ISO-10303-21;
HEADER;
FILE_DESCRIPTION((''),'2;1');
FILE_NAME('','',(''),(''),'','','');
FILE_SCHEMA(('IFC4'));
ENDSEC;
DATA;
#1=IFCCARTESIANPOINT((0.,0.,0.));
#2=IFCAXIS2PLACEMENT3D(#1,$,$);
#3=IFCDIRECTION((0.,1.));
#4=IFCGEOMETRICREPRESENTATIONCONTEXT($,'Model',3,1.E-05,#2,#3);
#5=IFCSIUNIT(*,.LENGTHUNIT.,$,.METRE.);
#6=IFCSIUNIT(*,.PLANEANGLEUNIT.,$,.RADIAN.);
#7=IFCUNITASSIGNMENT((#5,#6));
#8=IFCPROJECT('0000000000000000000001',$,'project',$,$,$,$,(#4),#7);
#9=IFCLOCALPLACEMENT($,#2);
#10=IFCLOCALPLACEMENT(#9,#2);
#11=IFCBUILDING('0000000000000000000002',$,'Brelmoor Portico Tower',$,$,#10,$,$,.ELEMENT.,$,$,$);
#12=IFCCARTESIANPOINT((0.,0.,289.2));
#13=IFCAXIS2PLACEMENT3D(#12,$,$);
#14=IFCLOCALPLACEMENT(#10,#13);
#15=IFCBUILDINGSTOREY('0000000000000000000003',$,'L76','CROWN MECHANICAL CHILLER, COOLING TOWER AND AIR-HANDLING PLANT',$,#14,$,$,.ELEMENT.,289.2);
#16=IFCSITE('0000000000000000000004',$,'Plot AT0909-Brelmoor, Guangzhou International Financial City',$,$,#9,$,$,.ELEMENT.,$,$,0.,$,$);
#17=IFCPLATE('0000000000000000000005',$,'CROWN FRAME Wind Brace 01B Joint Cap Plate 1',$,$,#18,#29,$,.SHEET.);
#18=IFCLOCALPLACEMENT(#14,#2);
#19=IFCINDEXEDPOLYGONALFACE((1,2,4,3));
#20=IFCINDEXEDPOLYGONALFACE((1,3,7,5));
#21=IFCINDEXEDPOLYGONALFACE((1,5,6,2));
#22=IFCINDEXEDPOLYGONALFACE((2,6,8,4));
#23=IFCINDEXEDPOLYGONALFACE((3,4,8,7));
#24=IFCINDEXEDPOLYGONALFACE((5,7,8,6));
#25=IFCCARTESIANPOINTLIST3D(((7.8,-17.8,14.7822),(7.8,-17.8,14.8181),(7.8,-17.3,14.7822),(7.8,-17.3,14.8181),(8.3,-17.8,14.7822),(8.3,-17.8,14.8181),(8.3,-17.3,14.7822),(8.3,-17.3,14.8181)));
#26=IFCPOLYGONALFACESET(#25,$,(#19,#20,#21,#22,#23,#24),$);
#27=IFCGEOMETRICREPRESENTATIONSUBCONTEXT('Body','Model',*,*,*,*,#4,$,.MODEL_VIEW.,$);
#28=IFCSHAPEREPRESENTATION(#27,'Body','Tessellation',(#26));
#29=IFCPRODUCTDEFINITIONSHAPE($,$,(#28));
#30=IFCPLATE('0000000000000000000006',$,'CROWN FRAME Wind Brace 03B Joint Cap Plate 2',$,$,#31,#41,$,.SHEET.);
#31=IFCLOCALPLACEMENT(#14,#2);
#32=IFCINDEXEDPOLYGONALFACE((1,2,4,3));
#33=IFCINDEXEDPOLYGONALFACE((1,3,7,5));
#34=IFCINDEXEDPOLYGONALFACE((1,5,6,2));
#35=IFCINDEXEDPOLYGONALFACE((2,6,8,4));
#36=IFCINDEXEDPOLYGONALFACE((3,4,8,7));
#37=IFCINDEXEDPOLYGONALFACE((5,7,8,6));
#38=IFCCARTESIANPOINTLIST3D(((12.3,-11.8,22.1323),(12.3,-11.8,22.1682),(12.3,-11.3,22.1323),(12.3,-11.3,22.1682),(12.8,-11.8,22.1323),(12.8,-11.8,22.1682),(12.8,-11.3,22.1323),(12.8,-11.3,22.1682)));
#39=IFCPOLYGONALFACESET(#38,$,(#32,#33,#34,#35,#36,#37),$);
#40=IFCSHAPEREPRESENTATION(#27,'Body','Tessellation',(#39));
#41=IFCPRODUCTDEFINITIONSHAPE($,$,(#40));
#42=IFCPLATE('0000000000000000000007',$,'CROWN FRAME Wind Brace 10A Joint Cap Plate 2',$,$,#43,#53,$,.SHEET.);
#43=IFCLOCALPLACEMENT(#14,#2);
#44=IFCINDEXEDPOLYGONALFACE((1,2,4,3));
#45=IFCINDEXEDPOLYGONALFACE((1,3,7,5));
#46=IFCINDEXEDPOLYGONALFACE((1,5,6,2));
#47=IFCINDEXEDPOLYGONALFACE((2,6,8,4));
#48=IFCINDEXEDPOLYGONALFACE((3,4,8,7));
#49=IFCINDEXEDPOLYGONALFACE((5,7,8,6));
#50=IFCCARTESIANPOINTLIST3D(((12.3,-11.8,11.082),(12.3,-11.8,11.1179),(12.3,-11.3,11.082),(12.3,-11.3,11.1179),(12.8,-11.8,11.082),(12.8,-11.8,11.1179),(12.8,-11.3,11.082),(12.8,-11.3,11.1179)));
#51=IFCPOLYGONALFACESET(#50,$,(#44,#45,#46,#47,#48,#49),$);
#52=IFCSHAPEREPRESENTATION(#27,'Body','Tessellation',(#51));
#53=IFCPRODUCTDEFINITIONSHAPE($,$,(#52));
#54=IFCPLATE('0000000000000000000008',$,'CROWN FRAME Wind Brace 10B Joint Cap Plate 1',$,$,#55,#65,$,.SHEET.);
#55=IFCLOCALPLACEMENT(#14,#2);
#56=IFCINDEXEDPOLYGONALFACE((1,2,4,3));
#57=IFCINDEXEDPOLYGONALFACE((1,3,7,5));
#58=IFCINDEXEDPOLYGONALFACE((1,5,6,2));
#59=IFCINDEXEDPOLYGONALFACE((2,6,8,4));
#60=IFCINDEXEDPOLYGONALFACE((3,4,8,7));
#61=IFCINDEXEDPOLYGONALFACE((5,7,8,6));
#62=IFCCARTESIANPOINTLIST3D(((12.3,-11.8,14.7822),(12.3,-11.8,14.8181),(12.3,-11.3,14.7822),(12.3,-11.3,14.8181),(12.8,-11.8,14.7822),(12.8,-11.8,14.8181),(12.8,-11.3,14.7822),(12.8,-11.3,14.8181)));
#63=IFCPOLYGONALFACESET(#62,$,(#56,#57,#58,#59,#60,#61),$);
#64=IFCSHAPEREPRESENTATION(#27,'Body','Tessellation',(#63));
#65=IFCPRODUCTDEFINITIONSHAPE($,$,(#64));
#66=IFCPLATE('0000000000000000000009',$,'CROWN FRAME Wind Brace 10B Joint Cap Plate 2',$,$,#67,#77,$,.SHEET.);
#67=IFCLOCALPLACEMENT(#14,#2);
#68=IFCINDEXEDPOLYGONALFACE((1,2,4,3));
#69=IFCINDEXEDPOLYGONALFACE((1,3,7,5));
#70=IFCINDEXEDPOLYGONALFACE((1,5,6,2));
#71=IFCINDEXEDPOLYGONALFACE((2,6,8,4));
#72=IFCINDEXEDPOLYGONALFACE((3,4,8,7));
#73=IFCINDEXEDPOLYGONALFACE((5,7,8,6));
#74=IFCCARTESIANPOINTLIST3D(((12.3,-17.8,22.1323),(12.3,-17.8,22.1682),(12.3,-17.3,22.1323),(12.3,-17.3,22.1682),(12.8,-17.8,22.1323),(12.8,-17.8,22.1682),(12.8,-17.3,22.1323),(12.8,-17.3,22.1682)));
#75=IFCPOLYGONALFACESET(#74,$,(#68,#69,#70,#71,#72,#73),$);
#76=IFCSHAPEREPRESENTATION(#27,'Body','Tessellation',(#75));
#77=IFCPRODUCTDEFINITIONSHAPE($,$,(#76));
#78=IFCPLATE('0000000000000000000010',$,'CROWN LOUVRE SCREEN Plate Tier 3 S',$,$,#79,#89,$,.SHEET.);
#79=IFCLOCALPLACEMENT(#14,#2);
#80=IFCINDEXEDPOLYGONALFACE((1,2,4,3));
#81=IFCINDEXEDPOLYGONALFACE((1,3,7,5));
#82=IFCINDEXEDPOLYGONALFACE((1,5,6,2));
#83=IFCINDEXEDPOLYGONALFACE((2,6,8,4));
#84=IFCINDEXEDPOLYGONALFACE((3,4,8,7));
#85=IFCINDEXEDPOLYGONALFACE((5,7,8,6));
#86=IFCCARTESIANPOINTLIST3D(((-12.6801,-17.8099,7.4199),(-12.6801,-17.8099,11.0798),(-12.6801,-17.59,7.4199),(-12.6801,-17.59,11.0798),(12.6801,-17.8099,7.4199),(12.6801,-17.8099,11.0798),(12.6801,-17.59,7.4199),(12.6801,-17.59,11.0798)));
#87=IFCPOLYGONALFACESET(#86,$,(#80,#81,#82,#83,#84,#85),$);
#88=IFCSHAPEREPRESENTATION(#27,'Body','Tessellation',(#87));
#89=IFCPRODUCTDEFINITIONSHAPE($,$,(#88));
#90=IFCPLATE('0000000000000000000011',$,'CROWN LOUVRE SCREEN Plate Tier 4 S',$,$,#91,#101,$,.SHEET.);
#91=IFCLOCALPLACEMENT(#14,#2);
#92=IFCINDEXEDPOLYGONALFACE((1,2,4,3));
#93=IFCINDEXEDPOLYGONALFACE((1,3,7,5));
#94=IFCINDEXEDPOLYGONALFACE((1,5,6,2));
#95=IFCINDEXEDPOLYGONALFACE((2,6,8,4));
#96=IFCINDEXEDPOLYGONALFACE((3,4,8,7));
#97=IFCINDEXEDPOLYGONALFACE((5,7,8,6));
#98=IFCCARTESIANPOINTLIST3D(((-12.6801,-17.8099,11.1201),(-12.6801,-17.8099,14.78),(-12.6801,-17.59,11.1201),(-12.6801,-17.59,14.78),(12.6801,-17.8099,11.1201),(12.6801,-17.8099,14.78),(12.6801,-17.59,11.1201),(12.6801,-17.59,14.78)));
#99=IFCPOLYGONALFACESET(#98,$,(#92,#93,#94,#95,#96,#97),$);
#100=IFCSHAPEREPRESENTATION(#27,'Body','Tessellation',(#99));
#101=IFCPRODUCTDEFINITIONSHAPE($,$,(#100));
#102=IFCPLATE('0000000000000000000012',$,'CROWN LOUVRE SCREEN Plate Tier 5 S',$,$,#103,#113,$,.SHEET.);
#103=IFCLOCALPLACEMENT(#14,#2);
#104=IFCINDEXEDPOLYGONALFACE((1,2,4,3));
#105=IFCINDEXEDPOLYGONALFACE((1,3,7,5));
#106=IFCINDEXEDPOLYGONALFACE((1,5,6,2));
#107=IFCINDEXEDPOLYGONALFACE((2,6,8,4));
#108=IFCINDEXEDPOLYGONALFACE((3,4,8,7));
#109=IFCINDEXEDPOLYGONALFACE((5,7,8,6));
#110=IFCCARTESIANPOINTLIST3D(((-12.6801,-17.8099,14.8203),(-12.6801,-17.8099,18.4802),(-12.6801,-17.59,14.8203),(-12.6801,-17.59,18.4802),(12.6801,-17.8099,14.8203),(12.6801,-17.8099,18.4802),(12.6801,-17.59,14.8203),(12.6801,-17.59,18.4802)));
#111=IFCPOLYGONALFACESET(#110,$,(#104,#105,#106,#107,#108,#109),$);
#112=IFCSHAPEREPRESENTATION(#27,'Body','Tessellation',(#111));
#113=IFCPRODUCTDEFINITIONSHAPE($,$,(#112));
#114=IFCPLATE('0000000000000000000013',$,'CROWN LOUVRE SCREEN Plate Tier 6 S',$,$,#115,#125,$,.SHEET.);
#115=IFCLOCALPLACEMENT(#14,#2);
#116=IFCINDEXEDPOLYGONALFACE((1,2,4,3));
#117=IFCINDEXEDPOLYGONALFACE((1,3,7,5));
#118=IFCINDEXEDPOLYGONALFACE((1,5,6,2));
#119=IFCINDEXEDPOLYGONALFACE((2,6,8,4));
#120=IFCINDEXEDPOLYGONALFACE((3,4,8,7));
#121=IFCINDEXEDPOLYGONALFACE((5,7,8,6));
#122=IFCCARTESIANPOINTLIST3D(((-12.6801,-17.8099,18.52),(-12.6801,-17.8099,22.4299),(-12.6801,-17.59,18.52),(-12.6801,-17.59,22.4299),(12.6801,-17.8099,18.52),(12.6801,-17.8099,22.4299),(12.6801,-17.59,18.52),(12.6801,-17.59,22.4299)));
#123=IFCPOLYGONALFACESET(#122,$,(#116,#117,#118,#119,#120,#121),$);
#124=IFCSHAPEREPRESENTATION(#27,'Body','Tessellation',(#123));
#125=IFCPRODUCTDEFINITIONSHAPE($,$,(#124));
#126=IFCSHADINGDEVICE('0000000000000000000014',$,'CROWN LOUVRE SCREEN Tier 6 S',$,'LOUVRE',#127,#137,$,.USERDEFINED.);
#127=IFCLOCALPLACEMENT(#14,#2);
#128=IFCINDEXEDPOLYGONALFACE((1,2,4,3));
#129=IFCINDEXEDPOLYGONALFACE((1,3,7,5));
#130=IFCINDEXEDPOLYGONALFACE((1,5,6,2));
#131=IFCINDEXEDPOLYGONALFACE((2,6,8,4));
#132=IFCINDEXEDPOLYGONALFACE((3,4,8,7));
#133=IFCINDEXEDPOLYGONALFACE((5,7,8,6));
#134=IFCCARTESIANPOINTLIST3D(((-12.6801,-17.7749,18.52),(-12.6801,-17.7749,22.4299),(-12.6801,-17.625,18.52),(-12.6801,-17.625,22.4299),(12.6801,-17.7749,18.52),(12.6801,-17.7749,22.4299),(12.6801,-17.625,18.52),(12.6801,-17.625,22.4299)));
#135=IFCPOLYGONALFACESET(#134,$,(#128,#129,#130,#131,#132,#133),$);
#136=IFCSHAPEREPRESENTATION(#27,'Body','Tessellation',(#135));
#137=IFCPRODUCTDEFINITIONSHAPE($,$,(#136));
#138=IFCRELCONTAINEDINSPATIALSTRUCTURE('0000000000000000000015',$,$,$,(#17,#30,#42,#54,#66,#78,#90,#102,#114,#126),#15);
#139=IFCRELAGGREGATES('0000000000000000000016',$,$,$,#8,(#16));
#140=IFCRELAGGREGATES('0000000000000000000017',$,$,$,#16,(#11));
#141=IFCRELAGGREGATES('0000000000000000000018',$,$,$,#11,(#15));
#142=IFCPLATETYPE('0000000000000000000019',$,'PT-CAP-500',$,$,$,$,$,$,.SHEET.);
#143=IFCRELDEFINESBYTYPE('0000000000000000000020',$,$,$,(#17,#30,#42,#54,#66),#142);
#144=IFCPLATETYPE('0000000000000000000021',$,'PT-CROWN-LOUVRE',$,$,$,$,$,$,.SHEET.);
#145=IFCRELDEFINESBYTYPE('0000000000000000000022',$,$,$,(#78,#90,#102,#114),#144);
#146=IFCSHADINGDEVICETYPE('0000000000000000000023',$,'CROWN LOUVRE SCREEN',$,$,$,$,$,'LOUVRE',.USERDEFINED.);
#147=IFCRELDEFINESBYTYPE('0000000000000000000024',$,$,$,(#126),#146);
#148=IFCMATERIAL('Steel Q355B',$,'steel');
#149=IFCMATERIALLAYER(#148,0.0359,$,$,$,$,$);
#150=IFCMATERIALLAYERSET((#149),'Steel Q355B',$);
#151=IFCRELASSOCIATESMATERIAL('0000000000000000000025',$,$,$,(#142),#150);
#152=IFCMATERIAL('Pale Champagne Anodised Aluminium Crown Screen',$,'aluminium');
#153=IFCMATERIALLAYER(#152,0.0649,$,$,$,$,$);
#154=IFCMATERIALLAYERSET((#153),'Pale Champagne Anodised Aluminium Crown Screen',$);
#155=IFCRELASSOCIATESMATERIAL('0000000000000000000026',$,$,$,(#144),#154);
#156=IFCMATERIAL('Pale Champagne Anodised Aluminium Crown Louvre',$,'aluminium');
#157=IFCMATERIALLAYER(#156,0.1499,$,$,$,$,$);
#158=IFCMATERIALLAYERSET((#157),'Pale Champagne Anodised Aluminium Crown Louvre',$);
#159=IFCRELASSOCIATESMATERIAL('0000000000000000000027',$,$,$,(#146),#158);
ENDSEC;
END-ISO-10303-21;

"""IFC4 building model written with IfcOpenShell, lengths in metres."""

from ifc_helpers import new_model, si_unit, direction, frame, origin, origin_2d, place, context, subcontext, project, spatial, rectangle, extrude, material, layer, layer_set, type_object, element, save


model = new_model("IFC4")

# Units and contexts
model_context = context("Model", 3, precision=1e-05, world=origin(), true_north=direction((0.0, 1.0)))
body_context = subcontext(model_context, "Body", "Model", "MODEL_VIEW")
ifc_project = project(units=[si_unit("LENGTHUNIT", "METRE"), si_unit("PLANEANGLEUNIT", "RADIAN")], contexts=[model_context])

# Site, building, storey
site_placement = place(None, origin())
site = spatial("IfcSite", under=ifc_project, at=site_placement, Name="Plot AT0909-Brelmoor, Guangzhou International Financial City", CompositionType="ELEMENT", RefElevation=0.0)
building_placement = place(site_placement, origin())
building = spatial("IfcBuilding", under=site, at=building_placement, Name="Brelmoor Portico Tower", CompositionType="ELEMENT")
storey_placement = place(building_placement, frame((0.0, 0.0, 289.2)))
storey = spatial("IfcBuildingStorey", under=building, at=storey_placement, Name="L76", Description="CROWN MECHANICAL CHILLER, COOLING TOWER AND AIR-HANDLING PLANT", CompositionType="ELEMENT", Elevation=289.2)

# Shared definitions
ifc_material_1 = material(Name="Steel Q355B", Category="steel")

# Plates
ifc_layer_1 = layer(ifc_material_1, 0.0359)
ifc_layer_set_1 = layer_set([ifc_layer_1], Name="Steel Q355B")
plate_type_1 = type_object("IfcPlateType", Name="PT-CAP-500", PredefinedType="SHEET", material=ifc_layer_set_1)
for number, where, z_axis, x_axis, name in (
    (1, (8.05, -17.55, 14.7822), (0.0, 0.0, 1.0), (1.0, 0.0, 0.0), "CROWN FRAME Wind Brace 01B Joint Cap Plate 1"),
    (2, (12.55, -11.55, 22.1323), (0.0, 0.0, 1.0), (1.0, 0.0, 0.0), "CROWN FRAME Wind Brace 03B Joint Cap Plate 2"),
    (3, (12.55, -11.55, 11.082), (0.0, 0.0, 1.0), (1.0, 0.0, 0.0), "CROWN FRAME Wind Brace 10A Joint Cap Plate 2"),
    (4, (12.55, -11.55, 14.7822), (0.0, 0.0, 1.0), (1.0, 0.0, 0.0), "CROWN FRAME Wind Brace 10B Joint Cap Plate 1"),
    (5, (12.55, -17.55, 22.1323), (0.0, 0.0, 1.0), (1.0, 0.0, 0.0), "CROWN FRAME Wind Brace 10B Joint Cap Plate 2"),
):
    element("IfcPlate", number, at=place(storey_placement, frame(where, z_axis=z_axis, x_axis=x_axis)), inside=storey, type_object=plate_type_1, Name=name, PredefinedType="SHEET", context=body_context, shape_type="SweptSolid", body=[
        extrude(rectangle(XDim=0.5, YDim=0.5, at=origin_2d()), origin(), (0.0, 0.0, 1.0), 0.0359),
    ])
ifc_material_2 = material(Name="Pale Champagne Anodised Aluminium Crown Screen", Category="aluminium")
ifc_layer_2 = layer(ifc_material_2, 0.0649)
ifc_layer_set_2 = layer_set([ifc_layer_2], Name="Pale Champagne Anodised Aluminium Crown Screen")
plate_type_2 = type_object("IfcPlateType", Name="PT-CROWN-LOUVRE", PredefinedType="SHEET", material=ifc_layer_set_2)
for number, where, z_axis, x_axis, name in (
    (6, (0.0, -17.7, 7.4199), (0.0, 0.0, 1.0), (1.0, 0.0, 0.0), "CROWN LOUVRE SCREEN Plate Tier 3 S"),
    (7, (0.0, -17.7, 11.1201), (0.0, 0.0, 1.0), (1.0, 0.0, 0.0), "CROWN LOUVRE SCREEN Plate Tier 4 S"),
    (8, (0.0, -17.7, 14.8203), (0.0, 0.0, 1.0), (1.0, 0.0, 0.0), "CROWN LOUVRE SCREEN Plate Tier 5 S"),
):
    element("IfcPlate", number, at=place(storey_placement, frame(where, z_axis=z_axis, x_axis=x_axis)), inside=storey, type_object=plate_type_2, Name=name, PredefinedType="SHEET", context=body_context, shape_type="SweptSolid", body=[
        extrude(rectangle(XDim=25.3601, YDim=0.22, at=origin_2d()), origin(), (0.0, 0.0, 1.0), 3.6599),
    ])
plate_placement = place(storey_placement, frame((0.0, -17.7, 18.52), z_axis=(0.0, 0.0, 1.0), x_axis=(1.0, 0.0, 0.0)))
element("IfcPlate", 9, at=plate_placement, inside=storey, type_object=plate_type_2, Name="CROWN LOUVRE SCREEN Plate Tier 6 S", PredefinedType="SHEET", context=body_context, shape_type="SweptSolid", body=[
    extrude(rectangle(XDim=25.3601, YDim=0.22, at=origin_2d()), origin(), (0.0, 0.0, 1.0), 3.9099),
])

# Shading device
ifc_material_3 = material(Name="Pale Champagne Anodised Aluminium Crown Louvre", Category="aluminium")
ifc_layer_3 = layer(ifc_material_3, 0.1499)
ifc_layer_set_3 = layer_set([ifc_layer_3], Name="Pale Champagne Anodised Aluminium Crown Louvre")
shading_device_type = type_object("IfcShadingDeviceType", Name="CROWN LOUVRE SCREEN", ElementType="LOUVRE", PredefinedType="USERDEFINED", material=ifc_layer_set_3)
shading_device_placement = place(storey_placement, frame((0.0, -17.7, 18.52), z_axis=(0.0, 0.0, 1.0), x_axis=(1.0, 0.0, 0.0)))
element("IfcShadingDevice", 10, at=shading_device_placement, inside=storey, type_object=shading_device_type, Name="CROWN LOUVRE SCREEN Tier 6 S", ObjectType="LOUVRE", PredefinedType="USERDEFINED", context=body_context, shape_type="SweptSolid", body=[
    extrude(rectangle(XDim=25.3601, YDim=0.1499, at=origin_2d()), origin(), (0.0, 0.0, 1.0), 3.9099),
])

save(model, "model.ifc")
